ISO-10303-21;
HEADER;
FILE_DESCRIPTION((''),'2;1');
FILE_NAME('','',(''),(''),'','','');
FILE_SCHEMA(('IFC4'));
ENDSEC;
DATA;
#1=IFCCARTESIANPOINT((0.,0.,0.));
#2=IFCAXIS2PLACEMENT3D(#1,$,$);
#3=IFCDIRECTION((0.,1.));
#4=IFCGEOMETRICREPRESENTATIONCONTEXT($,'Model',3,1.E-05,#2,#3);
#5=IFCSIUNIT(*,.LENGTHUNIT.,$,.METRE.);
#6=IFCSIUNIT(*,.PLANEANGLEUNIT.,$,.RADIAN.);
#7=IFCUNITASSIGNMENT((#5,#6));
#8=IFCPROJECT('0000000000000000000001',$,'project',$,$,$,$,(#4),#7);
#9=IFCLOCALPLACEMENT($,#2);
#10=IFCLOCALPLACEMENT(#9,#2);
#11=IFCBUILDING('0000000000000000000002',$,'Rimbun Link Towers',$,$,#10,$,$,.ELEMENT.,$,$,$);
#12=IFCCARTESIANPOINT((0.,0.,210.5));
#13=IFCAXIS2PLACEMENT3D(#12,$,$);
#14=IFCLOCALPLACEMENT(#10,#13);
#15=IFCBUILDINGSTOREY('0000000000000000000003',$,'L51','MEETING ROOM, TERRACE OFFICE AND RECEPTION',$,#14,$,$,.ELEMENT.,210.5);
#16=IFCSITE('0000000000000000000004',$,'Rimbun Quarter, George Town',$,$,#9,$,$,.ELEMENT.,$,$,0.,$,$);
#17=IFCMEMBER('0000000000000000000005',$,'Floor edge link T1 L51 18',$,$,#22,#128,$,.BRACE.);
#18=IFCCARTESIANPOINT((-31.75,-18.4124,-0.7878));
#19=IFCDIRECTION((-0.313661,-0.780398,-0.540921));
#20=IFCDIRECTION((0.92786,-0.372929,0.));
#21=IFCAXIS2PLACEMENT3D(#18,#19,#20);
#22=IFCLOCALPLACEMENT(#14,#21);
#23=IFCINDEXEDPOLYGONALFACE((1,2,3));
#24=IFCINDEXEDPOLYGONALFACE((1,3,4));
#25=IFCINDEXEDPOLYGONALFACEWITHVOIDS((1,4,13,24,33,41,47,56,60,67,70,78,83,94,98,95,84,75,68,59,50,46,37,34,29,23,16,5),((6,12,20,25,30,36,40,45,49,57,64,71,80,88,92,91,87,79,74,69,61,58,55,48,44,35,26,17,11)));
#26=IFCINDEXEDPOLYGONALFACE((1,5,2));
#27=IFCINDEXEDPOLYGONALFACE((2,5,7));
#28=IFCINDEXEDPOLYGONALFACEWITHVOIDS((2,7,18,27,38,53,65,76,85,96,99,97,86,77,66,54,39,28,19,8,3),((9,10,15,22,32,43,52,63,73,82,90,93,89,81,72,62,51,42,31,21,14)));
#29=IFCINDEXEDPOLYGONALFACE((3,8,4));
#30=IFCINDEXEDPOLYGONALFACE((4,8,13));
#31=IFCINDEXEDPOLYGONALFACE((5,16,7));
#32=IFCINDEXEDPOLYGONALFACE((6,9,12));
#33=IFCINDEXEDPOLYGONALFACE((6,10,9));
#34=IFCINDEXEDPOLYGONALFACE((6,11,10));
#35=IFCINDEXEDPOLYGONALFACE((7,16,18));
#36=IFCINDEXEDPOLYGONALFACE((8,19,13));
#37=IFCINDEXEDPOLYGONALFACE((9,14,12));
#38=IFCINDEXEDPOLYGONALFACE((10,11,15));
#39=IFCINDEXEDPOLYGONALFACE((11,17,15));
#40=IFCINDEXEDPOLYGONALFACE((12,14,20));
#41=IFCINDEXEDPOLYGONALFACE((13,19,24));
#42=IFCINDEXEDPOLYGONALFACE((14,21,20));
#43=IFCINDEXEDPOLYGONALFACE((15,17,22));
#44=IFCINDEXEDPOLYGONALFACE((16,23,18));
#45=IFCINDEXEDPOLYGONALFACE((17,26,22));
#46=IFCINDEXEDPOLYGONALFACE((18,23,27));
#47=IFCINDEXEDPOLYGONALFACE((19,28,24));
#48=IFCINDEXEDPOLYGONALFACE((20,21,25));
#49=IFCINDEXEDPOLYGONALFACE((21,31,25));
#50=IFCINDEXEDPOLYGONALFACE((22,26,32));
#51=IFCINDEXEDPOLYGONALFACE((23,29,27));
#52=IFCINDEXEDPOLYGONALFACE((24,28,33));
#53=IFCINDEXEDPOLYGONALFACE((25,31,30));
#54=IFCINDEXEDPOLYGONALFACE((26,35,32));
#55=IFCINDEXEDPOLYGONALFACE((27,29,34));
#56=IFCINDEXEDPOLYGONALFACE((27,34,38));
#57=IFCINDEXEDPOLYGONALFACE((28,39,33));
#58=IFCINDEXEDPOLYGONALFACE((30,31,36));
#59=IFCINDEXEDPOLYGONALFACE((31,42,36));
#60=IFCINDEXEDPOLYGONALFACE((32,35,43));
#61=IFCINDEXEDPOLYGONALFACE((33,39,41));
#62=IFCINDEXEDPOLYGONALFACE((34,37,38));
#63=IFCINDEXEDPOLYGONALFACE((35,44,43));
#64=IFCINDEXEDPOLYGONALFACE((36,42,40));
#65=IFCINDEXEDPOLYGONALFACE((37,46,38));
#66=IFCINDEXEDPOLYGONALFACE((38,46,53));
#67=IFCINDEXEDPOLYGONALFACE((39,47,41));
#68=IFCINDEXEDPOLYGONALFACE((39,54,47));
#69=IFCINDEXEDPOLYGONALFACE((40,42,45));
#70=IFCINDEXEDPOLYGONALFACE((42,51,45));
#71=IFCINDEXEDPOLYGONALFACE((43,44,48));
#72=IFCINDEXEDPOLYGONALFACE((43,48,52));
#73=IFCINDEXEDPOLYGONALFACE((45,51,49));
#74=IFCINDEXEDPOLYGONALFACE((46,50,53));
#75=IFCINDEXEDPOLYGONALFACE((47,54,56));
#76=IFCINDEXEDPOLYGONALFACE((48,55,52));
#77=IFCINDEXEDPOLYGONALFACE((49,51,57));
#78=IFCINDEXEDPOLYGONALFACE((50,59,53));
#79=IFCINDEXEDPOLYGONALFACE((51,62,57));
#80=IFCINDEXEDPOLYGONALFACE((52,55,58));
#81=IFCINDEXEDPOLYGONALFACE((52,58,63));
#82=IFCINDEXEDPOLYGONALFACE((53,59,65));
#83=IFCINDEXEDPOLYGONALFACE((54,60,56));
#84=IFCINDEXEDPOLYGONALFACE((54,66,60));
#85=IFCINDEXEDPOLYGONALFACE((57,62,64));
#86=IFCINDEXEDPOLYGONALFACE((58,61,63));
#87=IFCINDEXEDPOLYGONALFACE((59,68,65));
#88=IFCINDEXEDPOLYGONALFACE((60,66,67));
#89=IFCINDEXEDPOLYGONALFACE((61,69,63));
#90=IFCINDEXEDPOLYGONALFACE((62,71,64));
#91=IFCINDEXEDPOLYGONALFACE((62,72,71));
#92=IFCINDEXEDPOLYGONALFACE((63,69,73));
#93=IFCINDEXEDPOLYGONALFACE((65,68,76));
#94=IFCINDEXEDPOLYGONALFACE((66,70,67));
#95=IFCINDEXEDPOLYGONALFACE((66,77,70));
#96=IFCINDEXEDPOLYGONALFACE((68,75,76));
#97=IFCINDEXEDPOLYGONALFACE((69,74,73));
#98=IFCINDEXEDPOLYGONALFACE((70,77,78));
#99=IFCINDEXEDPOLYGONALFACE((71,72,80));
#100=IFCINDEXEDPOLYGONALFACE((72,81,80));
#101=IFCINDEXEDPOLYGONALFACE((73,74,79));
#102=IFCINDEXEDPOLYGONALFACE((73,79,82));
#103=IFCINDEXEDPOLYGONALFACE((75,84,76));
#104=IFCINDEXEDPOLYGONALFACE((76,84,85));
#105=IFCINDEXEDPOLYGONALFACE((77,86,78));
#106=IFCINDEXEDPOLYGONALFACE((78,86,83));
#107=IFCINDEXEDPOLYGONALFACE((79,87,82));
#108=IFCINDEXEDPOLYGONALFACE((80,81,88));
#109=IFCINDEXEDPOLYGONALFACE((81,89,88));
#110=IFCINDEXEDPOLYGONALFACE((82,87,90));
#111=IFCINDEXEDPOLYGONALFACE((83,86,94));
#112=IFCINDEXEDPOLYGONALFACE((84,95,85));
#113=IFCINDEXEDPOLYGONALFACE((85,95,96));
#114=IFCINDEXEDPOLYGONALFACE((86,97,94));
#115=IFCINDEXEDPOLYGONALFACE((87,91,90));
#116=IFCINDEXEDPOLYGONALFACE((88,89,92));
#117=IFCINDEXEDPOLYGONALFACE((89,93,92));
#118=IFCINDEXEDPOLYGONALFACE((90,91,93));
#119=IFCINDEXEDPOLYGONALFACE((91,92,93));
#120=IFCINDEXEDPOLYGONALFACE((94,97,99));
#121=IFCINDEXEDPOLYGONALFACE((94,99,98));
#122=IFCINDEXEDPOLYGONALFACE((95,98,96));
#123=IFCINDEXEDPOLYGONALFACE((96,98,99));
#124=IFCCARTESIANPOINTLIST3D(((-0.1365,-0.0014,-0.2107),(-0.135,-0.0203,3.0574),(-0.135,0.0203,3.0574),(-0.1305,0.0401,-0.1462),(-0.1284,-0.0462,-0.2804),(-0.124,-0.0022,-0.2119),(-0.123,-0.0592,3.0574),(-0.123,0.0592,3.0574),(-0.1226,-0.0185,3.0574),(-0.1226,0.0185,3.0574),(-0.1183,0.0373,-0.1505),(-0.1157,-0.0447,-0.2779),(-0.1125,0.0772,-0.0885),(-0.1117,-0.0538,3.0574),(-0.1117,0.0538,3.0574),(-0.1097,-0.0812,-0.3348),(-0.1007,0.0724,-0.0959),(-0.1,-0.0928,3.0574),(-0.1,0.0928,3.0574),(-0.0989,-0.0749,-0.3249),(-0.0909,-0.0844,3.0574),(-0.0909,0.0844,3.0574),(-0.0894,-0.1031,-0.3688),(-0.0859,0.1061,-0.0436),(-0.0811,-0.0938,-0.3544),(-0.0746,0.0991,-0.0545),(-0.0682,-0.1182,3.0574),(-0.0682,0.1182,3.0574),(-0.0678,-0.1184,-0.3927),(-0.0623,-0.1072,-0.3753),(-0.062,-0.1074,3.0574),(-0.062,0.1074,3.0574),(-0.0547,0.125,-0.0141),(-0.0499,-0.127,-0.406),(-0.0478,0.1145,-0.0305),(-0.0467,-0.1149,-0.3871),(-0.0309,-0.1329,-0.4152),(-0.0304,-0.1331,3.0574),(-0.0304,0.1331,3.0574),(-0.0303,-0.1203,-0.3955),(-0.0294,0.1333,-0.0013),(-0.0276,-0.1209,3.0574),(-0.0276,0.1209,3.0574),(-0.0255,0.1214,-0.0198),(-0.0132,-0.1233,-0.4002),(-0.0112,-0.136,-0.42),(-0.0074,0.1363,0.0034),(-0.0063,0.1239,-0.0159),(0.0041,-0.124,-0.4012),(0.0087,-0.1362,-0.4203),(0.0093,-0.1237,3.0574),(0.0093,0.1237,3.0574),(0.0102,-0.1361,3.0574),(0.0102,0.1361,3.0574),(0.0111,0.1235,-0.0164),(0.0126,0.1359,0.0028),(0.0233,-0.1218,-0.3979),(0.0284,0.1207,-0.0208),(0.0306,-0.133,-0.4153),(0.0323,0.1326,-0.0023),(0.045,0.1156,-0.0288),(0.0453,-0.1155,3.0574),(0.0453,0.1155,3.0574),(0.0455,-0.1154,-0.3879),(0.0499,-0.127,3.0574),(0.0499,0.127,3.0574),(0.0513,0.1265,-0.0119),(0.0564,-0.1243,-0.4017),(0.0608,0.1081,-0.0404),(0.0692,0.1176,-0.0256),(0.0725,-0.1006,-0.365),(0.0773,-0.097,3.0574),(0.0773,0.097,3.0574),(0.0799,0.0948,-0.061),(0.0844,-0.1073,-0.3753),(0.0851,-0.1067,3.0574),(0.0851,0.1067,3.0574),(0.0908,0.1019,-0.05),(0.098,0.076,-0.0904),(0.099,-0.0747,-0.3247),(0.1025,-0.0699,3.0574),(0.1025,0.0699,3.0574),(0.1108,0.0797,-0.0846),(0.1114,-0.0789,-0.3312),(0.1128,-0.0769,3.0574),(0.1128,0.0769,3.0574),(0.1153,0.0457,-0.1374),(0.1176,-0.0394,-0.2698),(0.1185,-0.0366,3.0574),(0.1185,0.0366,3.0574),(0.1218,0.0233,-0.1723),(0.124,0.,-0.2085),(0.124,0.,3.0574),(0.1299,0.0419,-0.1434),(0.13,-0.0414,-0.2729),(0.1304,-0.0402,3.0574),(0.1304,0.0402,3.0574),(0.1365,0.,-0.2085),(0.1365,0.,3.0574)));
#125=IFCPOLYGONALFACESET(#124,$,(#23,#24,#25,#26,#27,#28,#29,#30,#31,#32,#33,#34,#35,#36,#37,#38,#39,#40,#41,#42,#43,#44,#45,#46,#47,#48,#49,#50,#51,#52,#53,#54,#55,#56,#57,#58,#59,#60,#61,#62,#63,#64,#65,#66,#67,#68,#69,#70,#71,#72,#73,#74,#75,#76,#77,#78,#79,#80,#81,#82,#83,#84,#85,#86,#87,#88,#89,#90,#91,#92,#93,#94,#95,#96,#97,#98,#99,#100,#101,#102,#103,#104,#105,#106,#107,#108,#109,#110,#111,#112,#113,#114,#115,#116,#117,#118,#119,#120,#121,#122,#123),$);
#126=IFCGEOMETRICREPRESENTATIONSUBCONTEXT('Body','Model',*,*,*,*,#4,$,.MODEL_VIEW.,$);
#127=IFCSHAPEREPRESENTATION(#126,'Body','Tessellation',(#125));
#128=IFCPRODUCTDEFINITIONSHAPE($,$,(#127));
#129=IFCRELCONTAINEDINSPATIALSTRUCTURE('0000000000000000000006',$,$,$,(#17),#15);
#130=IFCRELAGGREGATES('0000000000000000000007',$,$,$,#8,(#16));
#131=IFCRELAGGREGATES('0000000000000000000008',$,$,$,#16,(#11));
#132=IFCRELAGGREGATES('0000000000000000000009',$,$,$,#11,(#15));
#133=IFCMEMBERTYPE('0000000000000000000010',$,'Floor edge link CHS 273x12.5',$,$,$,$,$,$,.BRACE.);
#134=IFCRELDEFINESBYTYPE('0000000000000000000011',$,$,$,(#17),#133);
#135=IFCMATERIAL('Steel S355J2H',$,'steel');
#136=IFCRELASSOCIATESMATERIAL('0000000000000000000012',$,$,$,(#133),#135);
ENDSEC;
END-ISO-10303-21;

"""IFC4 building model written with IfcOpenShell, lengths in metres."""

from ifc_helpers import new_model, si_unit, direction, frame, origin, origin_2d, place, context, subcontext, project, spatial, hollow_circle, extrude, clip, halfspace, material, material_profile, profile_set, type_object, element, save


model = new_model("IFC4")

# Units and contexts
model_context = context("Model", 3, precision=1e-05, world=origin(), true_north=direction((0.0, 1.0)))
body_context = subcontext(model_context, "Body", "Model", "MODEL_VIEW")
ifc_project = project(units=[si_unit("LENGTHUNIT", "METRE"), si_unit("PLANEANGLEUNIT", "RADIAN")], contexts=[model_context])

# Site, building, storey
site_placement = place(None, origin())
site = spatial("IfcSite", under=ifc_project, at=site_placement, Name="Rimbun Quarter, George Town", CompositionType="ELEMENT", RefElevation=0.0)
building_placement = place(site_placement, origin())
building = spatial("IfcBuilding", under=site, at=building_placement, Name="Rimbun Link Towers", CompositionType="ELEMENT")
storey_placement = place(building_placement, frame((0.0, 0.0, 210.5)))
storey = spatial("IfcBuildingStorey", under=building, at=storey_placement, Name="L51", Description="MEETING ROOM, TERRACE OFFICE AND RECEPTION", CompositionType="ELEMENT", Elevation=210.5)

# Member
ifc_material_1 = material(Name="Steel S355J2H", Category="steel")
ifc_material_profile_1 = material_profile(ifc_material_1, hollow_circle(Radius=0.1365, WallThickness=0.0125, at=origin_2d()), Name="CHS 273x12.5")
ifc_profile_set_1 = profile_set([ifc_material_profile_1], Name="Steel S355J2H")
member_type = type_object("IfcMemberType", Name="Floor edge link CHS 273x12.5", PredefinedType="BRACE", material=ifc_profile_set_1)
member_1_placement = place(storey_placement, frame((-31.75, -18.4124, -0.7878), z_axis=(-0.313661, -0.780398, -0.540921), x_axis=(0.92786, -0.372929, 0.0)))
element("IfcMember", 1, at=member_1_placement, inside=storey, type_object=member_type, Name="Floor edge link T1 L51 18", PredefinedType="BRACE", context=body_context, shape_type="Clipping", body=[
    clip(extrude(hollow_circle(Radius=0.1365, WallThickness=0.0125, at=origin_2d()), frame((0.0, 0.0, -0.4431)), (0.0, 0.0, 1.0), 3.5005), halfspace(frame((0.0, 0.0, -0.2085), z_axis=(0.0, 0.841074, -0.540921)), False)),
])

save(model, "model.ifc")
